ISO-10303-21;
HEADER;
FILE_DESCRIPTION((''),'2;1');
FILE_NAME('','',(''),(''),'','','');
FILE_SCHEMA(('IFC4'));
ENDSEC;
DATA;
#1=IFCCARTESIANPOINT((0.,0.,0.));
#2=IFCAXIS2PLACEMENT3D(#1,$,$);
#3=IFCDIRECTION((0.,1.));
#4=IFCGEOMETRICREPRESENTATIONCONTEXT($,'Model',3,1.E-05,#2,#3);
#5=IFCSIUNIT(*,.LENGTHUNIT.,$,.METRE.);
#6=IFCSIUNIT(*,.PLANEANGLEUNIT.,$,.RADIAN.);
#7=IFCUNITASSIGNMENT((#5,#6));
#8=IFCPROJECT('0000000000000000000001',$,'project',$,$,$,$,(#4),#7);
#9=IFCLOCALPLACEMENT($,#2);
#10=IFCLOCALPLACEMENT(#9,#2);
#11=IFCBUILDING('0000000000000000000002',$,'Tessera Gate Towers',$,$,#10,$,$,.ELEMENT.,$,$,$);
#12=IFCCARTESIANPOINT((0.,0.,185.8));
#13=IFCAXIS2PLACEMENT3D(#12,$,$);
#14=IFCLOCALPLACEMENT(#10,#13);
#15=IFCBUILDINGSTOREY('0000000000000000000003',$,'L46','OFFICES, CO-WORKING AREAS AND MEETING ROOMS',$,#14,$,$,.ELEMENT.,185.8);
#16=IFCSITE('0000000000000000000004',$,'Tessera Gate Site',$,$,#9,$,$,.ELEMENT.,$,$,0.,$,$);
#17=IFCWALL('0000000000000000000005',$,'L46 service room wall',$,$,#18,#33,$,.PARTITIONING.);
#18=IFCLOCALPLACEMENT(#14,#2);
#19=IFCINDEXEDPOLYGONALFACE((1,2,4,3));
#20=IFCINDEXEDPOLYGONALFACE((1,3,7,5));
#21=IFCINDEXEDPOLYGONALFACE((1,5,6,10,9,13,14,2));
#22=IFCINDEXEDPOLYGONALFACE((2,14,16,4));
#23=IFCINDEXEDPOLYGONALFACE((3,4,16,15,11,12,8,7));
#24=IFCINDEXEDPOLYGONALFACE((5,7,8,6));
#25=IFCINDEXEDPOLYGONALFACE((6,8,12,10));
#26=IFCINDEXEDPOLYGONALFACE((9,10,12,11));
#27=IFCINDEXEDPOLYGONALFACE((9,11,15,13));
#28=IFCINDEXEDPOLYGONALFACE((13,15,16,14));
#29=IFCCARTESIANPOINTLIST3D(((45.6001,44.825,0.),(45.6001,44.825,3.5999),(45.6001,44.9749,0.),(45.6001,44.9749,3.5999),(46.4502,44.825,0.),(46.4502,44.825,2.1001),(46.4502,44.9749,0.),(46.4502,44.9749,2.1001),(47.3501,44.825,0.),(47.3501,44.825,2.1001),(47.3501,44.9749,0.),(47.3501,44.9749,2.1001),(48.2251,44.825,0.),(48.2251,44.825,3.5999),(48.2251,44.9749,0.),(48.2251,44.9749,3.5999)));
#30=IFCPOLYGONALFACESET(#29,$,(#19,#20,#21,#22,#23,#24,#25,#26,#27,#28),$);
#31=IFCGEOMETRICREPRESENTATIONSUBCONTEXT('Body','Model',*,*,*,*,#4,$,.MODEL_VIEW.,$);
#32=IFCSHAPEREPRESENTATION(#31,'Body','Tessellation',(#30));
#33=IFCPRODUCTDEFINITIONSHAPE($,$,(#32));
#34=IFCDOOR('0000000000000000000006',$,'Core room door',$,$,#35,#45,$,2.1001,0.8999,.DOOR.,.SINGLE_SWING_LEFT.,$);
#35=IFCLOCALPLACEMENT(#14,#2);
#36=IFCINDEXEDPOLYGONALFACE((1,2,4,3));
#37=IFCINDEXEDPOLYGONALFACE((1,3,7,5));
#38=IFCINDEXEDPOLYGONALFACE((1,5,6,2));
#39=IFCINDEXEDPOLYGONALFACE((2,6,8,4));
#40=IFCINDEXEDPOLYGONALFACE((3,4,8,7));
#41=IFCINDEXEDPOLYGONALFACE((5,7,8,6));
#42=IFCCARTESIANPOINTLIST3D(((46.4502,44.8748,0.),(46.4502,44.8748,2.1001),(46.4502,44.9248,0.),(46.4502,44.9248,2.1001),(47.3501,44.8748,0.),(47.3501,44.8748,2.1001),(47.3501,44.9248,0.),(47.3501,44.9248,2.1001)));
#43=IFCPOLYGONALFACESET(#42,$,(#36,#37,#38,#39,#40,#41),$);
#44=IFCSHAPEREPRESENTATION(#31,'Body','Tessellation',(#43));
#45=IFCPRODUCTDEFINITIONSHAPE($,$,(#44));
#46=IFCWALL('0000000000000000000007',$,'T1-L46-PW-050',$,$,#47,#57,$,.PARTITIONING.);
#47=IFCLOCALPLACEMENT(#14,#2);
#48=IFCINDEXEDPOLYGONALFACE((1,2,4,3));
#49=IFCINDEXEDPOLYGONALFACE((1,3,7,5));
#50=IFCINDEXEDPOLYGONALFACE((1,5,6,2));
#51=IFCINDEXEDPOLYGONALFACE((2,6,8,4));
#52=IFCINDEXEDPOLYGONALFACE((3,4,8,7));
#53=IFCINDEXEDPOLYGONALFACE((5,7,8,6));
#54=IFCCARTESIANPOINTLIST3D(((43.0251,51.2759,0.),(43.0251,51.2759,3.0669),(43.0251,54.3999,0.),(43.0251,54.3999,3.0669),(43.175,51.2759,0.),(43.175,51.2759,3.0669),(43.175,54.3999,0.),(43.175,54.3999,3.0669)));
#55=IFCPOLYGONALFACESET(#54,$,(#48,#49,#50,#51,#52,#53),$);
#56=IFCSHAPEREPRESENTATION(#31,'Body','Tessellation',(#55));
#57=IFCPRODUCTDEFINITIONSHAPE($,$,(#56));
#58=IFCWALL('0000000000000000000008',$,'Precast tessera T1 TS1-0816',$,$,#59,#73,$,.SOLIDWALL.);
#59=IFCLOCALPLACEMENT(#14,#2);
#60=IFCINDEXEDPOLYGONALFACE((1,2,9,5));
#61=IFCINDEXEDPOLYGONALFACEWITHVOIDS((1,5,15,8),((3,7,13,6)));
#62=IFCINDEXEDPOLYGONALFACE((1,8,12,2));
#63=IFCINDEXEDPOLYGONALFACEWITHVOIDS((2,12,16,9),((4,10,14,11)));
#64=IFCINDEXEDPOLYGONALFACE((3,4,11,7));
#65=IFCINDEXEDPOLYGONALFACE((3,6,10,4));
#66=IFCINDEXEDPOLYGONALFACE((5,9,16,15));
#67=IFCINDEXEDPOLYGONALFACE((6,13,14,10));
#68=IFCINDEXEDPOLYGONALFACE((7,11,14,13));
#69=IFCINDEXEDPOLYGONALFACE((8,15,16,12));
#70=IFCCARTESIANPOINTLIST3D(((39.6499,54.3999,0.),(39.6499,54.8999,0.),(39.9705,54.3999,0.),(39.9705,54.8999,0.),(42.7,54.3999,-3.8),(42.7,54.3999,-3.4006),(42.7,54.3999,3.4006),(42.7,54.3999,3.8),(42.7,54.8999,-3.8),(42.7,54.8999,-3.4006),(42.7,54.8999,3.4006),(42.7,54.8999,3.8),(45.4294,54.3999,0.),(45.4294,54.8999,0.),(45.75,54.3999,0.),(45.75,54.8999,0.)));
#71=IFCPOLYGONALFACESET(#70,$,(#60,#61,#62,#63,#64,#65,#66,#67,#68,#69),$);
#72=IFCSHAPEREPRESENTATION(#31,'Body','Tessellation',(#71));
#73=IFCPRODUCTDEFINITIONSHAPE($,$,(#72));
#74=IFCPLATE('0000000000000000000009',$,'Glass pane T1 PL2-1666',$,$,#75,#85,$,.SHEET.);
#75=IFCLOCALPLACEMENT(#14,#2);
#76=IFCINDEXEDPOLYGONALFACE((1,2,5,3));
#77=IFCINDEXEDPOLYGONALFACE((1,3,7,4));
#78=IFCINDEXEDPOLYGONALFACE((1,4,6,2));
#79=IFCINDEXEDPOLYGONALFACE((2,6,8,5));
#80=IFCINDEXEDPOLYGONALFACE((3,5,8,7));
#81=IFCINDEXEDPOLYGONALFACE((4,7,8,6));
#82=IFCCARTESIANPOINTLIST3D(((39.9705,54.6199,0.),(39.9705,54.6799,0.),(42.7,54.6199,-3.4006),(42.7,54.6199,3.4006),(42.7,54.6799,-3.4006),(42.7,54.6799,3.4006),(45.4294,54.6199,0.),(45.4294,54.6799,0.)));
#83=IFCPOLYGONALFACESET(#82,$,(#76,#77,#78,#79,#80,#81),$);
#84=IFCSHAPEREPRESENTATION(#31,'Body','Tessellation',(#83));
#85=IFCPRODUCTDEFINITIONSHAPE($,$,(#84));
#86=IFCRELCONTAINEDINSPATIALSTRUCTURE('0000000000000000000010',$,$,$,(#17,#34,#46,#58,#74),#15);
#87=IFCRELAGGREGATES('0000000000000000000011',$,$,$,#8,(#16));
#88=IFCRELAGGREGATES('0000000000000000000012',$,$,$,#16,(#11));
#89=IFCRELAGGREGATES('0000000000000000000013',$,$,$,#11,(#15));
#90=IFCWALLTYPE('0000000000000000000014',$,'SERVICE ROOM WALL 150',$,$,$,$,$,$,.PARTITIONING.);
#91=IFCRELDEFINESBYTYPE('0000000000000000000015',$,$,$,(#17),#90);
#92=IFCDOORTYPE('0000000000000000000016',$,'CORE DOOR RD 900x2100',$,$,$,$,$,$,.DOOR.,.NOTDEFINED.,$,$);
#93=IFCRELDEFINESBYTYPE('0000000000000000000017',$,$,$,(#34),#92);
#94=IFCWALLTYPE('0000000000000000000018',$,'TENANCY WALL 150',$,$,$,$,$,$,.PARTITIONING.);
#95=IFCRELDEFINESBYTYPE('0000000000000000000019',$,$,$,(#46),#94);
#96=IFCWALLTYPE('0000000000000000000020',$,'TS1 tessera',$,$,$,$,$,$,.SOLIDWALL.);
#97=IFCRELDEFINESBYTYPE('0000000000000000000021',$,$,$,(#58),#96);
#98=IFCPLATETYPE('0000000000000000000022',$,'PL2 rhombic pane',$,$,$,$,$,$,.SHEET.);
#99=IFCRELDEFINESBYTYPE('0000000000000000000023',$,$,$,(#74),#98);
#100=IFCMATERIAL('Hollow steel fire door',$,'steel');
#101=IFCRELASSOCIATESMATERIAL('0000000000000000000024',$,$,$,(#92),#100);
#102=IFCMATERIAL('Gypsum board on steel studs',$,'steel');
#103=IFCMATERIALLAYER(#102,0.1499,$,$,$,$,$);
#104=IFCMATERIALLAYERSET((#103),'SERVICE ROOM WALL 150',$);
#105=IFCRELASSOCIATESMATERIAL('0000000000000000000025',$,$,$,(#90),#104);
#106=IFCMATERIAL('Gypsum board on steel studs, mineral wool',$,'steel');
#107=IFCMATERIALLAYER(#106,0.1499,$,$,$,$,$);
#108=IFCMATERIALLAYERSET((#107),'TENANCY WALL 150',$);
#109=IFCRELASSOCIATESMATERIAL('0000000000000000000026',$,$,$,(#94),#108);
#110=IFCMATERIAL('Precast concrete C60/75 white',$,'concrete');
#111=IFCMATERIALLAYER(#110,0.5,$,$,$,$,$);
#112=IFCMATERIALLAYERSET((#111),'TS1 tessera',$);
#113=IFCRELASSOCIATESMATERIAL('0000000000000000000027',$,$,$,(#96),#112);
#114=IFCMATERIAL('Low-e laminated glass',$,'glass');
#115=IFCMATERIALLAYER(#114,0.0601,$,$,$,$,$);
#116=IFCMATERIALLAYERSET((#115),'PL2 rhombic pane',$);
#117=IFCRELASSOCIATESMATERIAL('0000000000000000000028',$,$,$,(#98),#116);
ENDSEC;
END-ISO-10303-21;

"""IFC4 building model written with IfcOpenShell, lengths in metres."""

from ifc_helpers import new_model, si_unit, direction, frame, frame_2d, origin, place, context, subcontext, project, spatial, polyline, rectangle, outline, extrude, source, transform, mapped, material, layer, layer_set, type_object, element, fill, save


model = new_model("IFC4")

# Units and contexts
model_context = context("Model", 3, precision=1e-05, world=origin(), true_north=direction((0.0, 1.0)))
body_context = subcontext(model_context, "Body", "Model", "MODEL_VIEW")
ifc_project = project(units=[si_unit("LENGTHUNIT", "METRE"), si_unit("PLANEANGLEUNIT", "RADIAN")], contexts=[model_context])

# Site, building, storey
site_placement = place(None, origin())
site = spatial("IfcSite", under=ifc_project, at=site_placement, Name="Tessera Gate Site", CompositionType="ELEMENT", RefElevation=0.0)
building_placement = place(site_placement, origin())
building = spatial("IfcBuilding", under=site, at=building_placement, Name="Tessera Gate Towers", CompositionType="ELEMENT")
storey_placement = place(building_placement, frame((0.0, 0.0, 185.8)))
storey = spatial("IfcBuildingStorey", under=building, at=storey_placement, Name="L46", Description="OFFICES, CO-WORKING AREAS AND MEETING ROOMS", CompositionType="ELEMENT", Elevation=185.8)

# Shared definitions
ifc_material_1 = material(Name="Hollow steel fire door", Category="steel")
door_type_1 = type_object("IfcDoorType", Name="CORE DOOR RD 900x2100", OperationType="NOTDEFINED", PredefinedType="DOOR", material=ifc_material_1)
shared_shape_1 = source(origin(), body_context, "Body", "SweptSolid", [
    extrude(rectangle(XDim=0.8999, YDim=2.1001, at=frame_2d((0.45, 1.05))), frame((0.0, 0.0249, 0.0), z_axis=(0.0, -1.0, 0.0), x_axis=(1.0, 0.0, 0.0)), (0.0, 0.0, 1.0), 0.05),
])

# Shared definitions
ifc_material_2 = material(Name="Gypsum board on steel studs", Category="steel")
ifc_layer_1 = layer(ifc_material_2, 0.1499)
ifc_layer_set_1 = layer_set([ifc_layer_1], Name="SERVICE ROOM WALL 150")
wall_type_1 = type_object("IfcWallType", Name="SERVICE ROOM WALL 150", PredefinedType="PARTITIONING", material=ifc_layer_set_1)

# Wall, opening, door
wall_1_placement = place(storey_placement, frame((45.6001, 44.8999, 0.0), z_axis=(0.0, 0.0, 1.0), x_axis=(1.0, 0.0, 0.0)))
wall_1 = element("IfcWall", 1, at=wall_1_placement, inside=storey, type_object=wall_type_1, Name="L46 service room wall", PredefinedType="PARTITIONING", context=body_context, shape_type="SweptSolid", body=[
    extrude(rectangle(XDim=2.625, YDim=0.1499, at=frame_2d((1.3125, 0.0))), origin(), (0.0, 0.0, 1.0), 3.5999),
])
shared_shape_2 = source(origin(), body_context, "Body", "SweptSolid", [
    extrude(rectangle(XDim=0.8999, YDim=2.1001, at=frame_2d((0.45, 1.05))), frame((0.0, 0.085, 0.0), z_axis=(0.0, -1.0, 0.0), x_axis=(1.0, 0.0, 0.0)), (0.0, 0.0, 1.0), 0.1699),
])
opening_1_placement = place(wall_1_placement, frame((0.8501, 0.0, 0.0)))
opening_1 = element("IfcOpeningElement", 2, at=opening_1_placement, cuts=wall_1, PredefinedType="OPENING", context=body_context, shape_type="MappedRepresentation", body=[
    mapped(shared_shape_2, transform((0.0, 0.0, 0.0), scale=1.0)),
])
door_1_placement = place(opening_1_placement, origin())
door_1 = element("IfcDoor", 3, at=door_1_placement, inside=storey, type_object=door_type_1, Name="Core room door", OperationType="SINGLE_SWING_LEFT", OverallHeight=2.1001, OverallWidth=0.8999, PredefinedType="DOOR", context=body_context, shape_type="MappedRepresentation", body=[
    mapped(shared_shape_1, transform((0.0, 0.0, 0.0), scale=1.0)),
])
fill(opening_1, door_1)

# Wall
ifc_material_3 = material(Name="Gypsum board on steel studs, mineral wool", Category="steel")
ifc_layer_2 = layer(ifc_material_3, 0.1499)
ifc_layer_set_2 = layer_set([ifc_layer_2], Name="TENANCY WALL 150")
wall_type_2 = type_object("IfcWallType", Name="TENANCY WALL 150", PredefinedType="PARTITIONING", material=ifc_layer_set_2)
wall_2_placement = place(storey_placement, frame((43.1001, 51.2759, 0.0), z_axis=(0.0, 0.0, 1.0), x_axis=(0.0, 1.0, 0.0)))
element("IfcWall", 4, at=wall_2_placement, inside=storey, type_object=wall_type_2, Name="T1-L46-PW-050", PredefinedType="PARTITIONING", context=body_context, shape_type="SweptSolid", body=[
    extrude(rectangle(XDim=3.124, YDim=0.1499, at=frame_2d((1.562, 0.0))), origin(), (0.0, 0.0, 1.0), 3.0669),
])

# Wall, opening, plate
ifc_material_4 = material(Name="Precast concrete C60/75 white", Category="concrete")
ifc_layer_3 = layer(ifc_material_4, 0.5)
ifc_layer_set_3 = layer_set([ifc_layer_3], Name="TS1 tessera")
wall_type_3 = type_object("IfcWallType", Name="TS1 tessera", PredefinedType="SOLIDWALL", material=ifc_layer_set_3)
shared_shape_3 = source(origin(), body_context, "Body", "SweptSolid", [
    extrude(outline(polyline([(3.05, 0.0), (6.1001, 3.8), (3.05, 7.6001), (0.0, 3.8), (3.05, 0.0)])), frame((0.0, 0.25, 0.0), z_axis=(0.0, -1.0, 0.0), x_axis=(1.0, 0.0, 0.0)), (0.0, 0.0, 1.0), 0.5),
])
wall_3_placement = place(storey_placement, frame((45.75, 54.6499, -3.8), z_axis=(0.0, 0.0, 1.0), x_axis=(-1.0, 0.0, 0.0)))
wall_3 = element("IfcWall", 5, at=wall_3_placement, inside=storey, type_object=wall_type_3, Name="Precast tessera T1 TS1-0816", PredefinedType="SOLIDWALL", context=body_context, shape_type="MappedRepresentation", body=[
    mapped(shared_shape_3, transform((0.0, 0.0, 0.0), scale=1.0)),
])
shared_shape_4 = source(origin(), body_context, "Body", "SweptSolid", [
    extrude(outline(polyline([(3.05, 0.3994), (5.7795, 3.8), (3.05, 7.2007), (0.3206, 3.8), (3.05, 0.3994)])), frame((0.0, 0.26, 0.0), z_axis=(0.0, -1.0, 0.0), x_axis=(1.0, 0.0, 0.0)), (0.0, 0.0, 1.0), 0.52),
])
opening_2_placement = place(wall_3_placement, origin())
opening_2 = element("IfcOpeningElement", 6, at=opening_2_placement, cuts=wall_3, PredefinedType="OPENING", context=body_context, shape_type="MappedRepresentation", body=[
    mapped(shared_shape_4, transform((0.0, 0.0, 0.0), scale=1.0)),
])
ifc_material_5 = material(Name="Low-e laminated glass", Category="glass")
ifc_layer_4 = layer(ifc_material_5, 0.0601)
ifc_layer_set_4 = layer_set([ifc_layer_4], Name="PL2 rhombic pane")
plate_type = type_object("IfcPlateType", Name="PL2 rhombic pane", PredefinedType="SHEET", material=ifc_layer_set_4)
shared_shape_5 = source(origin(), body_context, "Body", "SweptSolid", [
    extrude(outline(polyline([(3.05, 0.3994), (5.7795, 3.8), (3.05, 7.2007), (0.3206, 3.8), (3.05, 0.3994)])), frame((0.0, 0.03, 0.0), z_axis=(0.0, -1.0, 0.0), x_axis=(1.0, 0.0, 0.0)), (0.0, 0.0, 1.0), 0.0601),
])
plate_placement = place(opening_2_placement, origin())
plate = element("IfcPlate", 7, at=plate_placement, inside=storey, type_object=plate_type, Name="Glass pane T1 PL2-1666", PredefinedType="SHEET", context=body_context, shape_type="MappedRepresentation", body=[
    mapped(shared_shape_5, transform((0.0, 0.0, 0.0), scale=1.0)),
])
fill(opening_2, plate)

save(model, "model.ifc")
